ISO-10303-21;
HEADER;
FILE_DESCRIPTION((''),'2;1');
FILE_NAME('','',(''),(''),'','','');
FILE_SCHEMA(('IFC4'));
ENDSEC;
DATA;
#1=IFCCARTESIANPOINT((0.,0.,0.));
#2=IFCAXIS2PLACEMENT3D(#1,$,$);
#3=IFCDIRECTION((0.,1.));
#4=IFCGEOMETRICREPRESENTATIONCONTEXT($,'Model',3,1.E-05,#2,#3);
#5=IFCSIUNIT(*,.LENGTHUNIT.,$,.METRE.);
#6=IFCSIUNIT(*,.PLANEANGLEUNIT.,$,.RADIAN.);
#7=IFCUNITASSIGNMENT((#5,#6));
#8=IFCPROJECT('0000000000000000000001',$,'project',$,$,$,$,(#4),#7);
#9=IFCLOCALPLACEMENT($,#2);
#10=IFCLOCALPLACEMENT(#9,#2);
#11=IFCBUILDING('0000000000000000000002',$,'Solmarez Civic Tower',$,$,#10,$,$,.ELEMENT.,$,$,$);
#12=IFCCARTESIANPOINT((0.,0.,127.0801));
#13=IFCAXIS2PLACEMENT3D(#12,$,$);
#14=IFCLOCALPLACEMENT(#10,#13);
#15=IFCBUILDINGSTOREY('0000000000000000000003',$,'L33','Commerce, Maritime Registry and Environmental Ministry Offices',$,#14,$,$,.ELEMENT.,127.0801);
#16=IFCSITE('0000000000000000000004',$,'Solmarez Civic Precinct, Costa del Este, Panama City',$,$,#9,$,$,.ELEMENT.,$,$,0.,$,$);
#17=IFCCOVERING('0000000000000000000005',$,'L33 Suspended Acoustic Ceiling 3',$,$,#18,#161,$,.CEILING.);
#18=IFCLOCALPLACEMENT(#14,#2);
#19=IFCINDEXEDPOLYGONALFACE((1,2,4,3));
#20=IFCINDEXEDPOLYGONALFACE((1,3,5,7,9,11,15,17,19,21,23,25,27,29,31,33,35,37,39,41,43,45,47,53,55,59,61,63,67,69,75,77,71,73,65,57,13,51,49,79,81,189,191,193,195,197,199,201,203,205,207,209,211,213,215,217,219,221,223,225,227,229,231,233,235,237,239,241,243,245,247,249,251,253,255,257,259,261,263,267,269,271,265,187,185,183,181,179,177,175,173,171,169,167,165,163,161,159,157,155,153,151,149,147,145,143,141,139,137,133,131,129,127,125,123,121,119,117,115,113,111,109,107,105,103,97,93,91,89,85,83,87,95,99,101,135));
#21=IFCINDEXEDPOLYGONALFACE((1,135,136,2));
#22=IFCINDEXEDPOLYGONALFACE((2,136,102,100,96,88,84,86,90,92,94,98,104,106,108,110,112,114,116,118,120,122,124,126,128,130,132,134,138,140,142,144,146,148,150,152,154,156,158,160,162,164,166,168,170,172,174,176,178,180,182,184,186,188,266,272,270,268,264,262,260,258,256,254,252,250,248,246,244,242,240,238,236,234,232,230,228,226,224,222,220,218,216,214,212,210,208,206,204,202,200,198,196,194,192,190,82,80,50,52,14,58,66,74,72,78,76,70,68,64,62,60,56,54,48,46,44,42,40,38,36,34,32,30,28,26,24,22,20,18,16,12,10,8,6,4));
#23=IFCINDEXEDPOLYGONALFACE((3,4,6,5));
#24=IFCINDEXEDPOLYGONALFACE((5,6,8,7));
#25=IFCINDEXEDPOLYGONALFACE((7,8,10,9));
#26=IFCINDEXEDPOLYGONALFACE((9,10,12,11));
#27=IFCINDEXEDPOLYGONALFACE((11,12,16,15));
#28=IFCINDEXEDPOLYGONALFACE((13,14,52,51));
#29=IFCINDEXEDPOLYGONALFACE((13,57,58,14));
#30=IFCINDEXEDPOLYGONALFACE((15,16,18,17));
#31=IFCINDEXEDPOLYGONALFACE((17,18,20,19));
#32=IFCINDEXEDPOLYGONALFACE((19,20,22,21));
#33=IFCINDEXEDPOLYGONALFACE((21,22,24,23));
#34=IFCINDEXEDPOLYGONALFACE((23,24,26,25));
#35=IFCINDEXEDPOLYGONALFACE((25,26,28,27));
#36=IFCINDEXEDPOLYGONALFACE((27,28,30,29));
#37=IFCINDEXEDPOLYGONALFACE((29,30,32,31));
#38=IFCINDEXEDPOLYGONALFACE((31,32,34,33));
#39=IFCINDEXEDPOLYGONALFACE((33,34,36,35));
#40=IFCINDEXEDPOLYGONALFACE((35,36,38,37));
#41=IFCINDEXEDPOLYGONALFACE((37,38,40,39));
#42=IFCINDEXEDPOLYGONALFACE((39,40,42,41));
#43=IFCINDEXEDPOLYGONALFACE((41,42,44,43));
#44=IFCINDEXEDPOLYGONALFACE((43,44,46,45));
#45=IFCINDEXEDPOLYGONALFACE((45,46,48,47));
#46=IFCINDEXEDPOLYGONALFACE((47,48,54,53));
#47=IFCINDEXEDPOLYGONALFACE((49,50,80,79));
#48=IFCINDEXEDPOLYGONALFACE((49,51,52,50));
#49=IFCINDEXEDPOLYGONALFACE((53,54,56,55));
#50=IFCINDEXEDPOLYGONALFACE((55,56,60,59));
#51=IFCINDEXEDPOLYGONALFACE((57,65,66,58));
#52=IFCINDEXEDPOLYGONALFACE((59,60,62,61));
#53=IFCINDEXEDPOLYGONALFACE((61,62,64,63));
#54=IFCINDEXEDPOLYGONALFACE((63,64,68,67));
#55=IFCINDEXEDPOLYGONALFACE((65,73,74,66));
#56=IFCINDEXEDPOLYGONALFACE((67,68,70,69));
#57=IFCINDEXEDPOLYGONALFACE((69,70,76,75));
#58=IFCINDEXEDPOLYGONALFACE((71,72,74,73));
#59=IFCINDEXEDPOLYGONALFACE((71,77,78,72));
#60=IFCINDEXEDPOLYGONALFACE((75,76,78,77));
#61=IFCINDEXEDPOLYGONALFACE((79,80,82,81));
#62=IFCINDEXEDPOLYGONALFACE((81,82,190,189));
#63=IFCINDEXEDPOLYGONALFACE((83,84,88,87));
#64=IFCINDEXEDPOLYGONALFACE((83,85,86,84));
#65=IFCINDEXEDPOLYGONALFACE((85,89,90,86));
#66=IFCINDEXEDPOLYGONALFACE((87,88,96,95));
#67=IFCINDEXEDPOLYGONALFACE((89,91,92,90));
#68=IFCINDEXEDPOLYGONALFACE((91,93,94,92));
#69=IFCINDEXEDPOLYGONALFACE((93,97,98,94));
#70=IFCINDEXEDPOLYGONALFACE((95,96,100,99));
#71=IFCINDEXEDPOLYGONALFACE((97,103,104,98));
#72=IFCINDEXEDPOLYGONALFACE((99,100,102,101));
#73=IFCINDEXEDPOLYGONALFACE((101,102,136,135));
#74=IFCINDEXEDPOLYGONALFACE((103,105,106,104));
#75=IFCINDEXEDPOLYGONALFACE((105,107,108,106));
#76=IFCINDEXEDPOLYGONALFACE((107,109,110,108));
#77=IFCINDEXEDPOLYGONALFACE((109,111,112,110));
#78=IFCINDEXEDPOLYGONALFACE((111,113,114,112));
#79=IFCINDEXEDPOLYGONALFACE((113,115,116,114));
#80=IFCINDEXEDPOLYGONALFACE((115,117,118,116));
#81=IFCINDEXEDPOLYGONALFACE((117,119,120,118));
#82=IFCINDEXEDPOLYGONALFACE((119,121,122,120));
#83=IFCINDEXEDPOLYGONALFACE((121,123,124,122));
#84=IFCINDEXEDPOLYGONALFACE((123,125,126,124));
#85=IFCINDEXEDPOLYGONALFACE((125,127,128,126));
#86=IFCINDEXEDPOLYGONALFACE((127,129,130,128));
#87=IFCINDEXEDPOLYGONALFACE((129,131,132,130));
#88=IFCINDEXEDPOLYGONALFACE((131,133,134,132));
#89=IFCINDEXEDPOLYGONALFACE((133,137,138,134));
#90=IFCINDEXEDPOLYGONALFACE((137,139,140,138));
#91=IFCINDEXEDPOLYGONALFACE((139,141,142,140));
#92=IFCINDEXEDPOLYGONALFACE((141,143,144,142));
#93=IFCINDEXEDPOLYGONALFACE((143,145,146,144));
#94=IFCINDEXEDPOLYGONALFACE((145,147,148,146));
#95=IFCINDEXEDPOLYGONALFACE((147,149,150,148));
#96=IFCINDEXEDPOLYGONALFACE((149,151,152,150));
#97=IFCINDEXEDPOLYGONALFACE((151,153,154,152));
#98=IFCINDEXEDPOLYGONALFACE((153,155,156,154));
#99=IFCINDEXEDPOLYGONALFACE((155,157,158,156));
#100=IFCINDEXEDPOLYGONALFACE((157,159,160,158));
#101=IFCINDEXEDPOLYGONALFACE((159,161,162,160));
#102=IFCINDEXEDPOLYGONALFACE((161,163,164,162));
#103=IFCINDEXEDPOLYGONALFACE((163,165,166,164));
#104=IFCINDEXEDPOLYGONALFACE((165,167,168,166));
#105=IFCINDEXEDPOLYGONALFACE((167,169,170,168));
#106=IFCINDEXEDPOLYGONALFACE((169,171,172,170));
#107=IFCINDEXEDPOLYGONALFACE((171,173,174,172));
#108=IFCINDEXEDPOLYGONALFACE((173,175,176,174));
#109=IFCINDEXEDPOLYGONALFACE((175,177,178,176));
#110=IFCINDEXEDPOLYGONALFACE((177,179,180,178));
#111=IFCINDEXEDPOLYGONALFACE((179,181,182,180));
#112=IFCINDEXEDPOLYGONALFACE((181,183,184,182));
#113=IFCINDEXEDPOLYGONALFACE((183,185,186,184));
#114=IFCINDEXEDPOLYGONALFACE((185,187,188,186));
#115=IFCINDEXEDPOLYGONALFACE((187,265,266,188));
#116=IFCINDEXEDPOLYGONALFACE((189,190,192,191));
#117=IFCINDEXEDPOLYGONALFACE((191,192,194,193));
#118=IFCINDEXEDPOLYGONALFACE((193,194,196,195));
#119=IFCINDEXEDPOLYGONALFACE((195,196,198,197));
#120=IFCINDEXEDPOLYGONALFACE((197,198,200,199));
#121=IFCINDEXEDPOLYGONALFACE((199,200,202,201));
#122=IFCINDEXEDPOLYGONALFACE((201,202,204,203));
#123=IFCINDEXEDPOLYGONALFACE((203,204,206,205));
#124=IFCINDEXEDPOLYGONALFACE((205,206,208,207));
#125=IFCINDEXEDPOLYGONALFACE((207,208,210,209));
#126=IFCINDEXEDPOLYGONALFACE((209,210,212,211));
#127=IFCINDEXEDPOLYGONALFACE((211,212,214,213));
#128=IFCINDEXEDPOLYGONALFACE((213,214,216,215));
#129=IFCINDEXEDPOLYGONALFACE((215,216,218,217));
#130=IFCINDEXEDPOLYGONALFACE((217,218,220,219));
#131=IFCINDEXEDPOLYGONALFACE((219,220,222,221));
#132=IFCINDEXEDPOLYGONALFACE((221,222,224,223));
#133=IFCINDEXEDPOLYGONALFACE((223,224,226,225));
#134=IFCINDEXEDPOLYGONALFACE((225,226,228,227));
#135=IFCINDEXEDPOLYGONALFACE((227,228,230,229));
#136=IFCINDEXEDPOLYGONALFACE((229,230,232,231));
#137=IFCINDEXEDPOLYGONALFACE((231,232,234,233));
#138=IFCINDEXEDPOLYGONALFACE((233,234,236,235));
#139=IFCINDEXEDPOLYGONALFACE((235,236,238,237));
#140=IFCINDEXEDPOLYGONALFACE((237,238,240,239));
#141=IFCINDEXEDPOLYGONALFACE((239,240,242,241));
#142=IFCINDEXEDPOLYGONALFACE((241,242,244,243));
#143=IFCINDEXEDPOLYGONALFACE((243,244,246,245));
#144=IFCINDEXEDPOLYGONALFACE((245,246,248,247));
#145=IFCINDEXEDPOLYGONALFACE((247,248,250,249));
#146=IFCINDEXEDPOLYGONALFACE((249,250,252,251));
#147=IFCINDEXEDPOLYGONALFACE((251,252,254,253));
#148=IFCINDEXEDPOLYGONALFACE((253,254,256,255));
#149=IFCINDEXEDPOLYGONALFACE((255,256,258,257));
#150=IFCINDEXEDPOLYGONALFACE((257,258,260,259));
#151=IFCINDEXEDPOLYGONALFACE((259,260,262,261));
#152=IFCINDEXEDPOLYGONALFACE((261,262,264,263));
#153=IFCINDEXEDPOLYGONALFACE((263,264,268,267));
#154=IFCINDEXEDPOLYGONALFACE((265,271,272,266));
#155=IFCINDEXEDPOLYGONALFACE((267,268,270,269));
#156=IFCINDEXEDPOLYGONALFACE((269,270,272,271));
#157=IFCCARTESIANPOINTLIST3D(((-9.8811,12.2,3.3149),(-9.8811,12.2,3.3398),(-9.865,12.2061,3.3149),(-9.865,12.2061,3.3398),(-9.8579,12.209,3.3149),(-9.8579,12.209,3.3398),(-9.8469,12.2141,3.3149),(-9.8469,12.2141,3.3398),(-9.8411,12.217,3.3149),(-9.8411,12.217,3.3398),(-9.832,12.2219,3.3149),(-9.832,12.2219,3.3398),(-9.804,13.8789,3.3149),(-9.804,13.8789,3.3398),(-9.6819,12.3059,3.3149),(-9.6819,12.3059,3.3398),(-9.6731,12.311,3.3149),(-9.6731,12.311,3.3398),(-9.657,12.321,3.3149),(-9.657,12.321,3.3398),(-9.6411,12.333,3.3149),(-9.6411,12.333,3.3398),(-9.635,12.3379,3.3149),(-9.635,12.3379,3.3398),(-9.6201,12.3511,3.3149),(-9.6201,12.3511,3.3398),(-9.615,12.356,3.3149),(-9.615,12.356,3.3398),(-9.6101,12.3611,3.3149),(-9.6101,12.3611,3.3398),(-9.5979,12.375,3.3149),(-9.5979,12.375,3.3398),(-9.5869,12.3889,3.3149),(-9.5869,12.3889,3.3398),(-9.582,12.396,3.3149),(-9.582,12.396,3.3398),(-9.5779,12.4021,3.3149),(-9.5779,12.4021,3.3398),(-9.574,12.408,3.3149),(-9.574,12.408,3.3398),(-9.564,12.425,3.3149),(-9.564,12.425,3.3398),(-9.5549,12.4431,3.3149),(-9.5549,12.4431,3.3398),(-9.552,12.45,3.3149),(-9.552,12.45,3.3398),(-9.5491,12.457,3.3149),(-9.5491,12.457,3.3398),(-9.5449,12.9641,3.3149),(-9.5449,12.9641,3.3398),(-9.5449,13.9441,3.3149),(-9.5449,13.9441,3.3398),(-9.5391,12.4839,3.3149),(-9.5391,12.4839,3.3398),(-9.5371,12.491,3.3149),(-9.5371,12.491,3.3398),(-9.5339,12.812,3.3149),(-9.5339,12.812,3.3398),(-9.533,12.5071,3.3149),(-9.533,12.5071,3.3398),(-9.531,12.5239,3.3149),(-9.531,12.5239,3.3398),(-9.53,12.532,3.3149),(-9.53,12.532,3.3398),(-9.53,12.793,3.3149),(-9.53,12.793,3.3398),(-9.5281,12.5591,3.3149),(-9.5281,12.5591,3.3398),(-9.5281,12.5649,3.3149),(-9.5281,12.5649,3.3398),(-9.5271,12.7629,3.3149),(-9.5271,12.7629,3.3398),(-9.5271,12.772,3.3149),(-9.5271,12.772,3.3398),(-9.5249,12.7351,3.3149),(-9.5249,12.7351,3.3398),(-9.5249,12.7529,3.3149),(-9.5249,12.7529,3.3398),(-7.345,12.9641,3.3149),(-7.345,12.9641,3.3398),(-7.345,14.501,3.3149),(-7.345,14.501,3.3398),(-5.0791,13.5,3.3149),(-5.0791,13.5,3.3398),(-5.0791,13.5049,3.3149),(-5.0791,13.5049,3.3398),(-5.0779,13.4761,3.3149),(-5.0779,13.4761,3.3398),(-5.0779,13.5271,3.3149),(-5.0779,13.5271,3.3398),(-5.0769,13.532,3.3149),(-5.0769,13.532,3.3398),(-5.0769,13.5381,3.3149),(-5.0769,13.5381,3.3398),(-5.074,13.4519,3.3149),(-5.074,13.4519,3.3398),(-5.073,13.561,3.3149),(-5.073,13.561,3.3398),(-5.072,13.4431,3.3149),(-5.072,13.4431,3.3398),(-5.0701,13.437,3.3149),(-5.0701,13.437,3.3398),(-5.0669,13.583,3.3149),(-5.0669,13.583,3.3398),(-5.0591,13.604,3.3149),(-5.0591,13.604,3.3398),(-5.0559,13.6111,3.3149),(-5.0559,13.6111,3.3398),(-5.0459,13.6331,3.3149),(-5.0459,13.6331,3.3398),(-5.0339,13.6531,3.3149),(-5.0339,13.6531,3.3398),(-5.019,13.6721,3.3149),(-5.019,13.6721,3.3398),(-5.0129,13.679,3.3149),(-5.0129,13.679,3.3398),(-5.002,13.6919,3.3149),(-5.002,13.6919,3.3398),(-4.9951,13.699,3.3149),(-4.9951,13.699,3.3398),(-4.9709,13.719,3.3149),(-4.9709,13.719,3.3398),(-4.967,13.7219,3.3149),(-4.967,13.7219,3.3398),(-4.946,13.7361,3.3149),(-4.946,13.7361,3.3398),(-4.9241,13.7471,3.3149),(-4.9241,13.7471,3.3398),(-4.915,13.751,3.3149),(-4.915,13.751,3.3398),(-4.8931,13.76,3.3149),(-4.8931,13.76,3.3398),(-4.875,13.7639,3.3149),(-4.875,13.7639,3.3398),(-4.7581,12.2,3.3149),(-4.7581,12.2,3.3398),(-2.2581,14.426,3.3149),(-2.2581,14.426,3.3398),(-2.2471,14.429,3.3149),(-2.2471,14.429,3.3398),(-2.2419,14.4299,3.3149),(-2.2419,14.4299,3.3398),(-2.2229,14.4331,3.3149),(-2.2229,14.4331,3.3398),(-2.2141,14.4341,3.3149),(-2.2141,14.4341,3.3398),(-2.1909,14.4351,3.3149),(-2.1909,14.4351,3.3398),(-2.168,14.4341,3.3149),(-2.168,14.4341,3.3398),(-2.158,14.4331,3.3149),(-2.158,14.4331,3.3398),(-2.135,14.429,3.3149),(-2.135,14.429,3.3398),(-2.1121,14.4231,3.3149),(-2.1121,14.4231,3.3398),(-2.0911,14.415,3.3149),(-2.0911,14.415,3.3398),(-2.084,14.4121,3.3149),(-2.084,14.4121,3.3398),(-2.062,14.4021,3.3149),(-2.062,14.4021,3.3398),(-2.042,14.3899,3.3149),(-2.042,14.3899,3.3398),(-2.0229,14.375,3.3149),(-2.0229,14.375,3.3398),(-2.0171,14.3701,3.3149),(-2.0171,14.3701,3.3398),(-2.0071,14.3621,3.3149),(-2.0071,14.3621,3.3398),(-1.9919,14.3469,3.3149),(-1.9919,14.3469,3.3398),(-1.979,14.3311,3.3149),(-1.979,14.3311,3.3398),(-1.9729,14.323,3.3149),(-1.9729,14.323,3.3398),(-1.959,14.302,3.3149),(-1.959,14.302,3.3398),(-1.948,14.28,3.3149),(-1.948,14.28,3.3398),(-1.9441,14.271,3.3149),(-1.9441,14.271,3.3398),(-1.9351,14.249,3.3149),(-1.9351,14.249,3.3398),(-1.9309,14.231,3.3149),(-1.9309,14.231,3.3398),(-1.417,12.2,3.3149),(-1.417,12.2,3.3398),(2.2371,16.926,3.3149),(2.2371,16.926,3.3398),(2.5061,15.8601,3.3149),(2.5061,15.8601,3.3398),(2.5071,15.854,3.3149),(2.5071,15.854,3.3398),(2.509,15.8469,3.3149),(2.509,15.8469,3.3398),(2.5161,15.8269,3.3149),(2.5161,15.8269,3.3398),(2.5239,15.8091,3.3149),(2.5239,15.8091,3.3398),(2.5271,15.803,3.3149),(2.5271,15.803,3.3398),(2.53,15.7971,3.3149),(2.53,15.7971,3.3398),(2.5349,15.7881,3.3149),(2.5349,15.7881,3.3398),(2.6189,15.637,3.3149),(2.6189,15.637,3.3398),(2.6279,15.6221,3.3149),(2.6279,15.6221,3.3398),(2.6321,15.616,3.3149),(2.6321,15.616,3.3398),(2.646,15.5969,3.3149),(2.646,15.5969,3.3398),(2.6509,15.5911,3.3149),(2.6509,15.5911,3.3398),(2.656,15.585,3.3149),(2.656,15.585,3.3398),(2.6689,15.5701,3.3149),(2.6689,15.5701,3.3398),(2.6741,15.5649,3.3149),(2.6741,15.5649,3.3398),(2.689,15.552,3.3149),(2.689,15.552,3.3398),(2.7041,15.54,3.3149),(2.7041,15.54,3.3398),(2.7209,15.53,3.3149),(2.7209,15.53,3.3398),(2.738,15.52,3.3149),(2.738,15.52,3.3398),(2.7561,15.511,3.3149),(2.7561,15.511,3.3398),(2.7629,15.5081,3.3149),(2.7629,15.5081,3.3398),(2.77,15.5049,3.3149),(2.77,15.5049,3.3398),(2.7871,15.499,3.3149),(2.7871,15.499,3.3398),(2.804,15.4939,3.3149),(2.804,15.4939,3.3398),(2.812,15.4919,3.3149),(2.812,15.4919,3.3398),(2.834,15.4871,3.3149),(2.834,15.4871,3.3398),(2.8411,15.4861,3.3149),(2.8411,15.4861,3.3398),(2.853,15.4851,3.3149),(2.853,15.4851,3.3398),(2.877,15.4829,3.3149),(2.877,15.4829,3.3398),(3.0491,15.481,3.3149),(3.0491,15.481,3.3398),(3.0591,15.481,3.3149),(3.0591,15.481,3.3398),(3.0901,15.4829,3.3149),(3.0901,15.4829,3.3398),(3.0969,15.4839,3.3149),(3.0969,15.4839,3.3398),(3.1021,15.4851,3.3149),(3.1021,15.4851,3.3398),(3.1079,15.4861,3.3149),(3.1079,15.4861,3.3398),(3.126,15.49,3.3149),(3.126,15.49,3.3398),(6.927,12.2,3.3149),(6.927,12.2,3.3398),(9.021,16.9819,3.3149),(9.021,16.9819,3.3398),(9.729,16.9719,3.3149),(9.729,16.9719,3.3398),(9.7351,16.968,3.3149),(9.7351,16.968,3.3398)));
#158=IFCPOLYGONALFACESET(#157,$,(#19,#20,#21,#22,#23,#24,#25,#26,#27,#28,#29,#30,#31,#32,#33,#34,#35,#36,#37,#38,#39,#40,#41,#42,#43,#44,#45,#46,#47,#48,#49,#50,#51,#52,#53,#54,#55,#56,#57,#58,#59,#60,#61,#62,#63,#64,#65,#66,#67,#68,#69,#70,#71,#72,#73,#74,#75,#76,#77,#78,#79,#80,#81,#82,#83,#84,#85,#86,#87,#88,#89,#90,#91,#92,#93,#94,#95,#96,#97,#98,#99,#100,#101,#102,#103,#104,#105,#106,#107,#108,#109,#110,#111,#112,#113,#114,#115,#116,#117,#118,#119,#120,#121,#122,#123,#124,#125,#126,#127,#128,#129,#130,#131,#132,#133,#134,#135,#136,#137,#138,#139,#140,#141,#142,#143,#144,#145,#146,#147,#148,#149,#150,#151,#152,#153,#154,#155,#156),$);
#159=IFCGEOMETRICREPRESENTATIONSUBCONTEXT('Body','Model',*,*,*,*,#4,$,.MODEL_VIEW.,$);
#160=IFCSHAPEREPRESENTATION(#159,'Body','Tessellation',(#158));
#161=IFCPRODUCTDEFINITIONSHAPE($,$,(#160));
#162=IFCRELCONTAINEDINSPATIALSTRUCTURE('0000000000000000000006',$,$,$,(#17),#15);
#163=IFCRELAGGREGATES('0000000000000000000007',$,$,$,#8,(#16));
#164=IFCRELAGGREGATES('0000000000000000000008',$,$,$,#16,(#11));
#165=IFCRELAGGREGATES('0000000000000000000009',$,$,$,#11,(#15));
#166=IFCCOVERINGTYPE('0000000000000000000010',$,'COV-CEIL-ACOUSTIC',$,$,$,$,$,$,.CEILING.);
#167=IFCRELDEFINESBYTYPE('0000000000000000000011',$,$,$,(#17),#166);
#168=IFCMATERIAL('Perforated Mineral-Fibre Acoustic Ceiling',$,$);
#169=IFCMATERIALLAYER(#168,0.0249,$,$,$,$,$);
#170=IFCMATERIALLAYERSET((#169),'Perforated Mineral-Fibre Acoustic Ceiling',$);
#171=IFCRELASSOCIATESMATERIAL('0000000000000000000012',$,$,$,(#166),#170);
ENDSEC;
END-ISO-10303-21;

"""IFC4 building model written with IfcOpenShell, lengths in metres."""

from ifc_helpers import new_model, si_unit, direction, frame, origin, place, context, subcontext, project, spatial, polyline, outline, extrude, material, layer, layer_set, type_object, element, save


model = new_model("IFC4")

# Units and contexts
model_context = context("Model", 3, precision=1e-05, world=origin(), true_north=direction((0.0, 1.0)))
body_context = subcontext(model_context, "Body", "Model", "MODEL_VIEW")
ifc_project = project(units=[si_unit("LENGTHUNIT", "METRE"), si_unit("PLANEANGLEUNIT", "RADIAN")], contexts=[model_context])

# Site, building, storey
site_placement = place(None, origin())
site = spatial("IfcSite", under=ifc_project, at=site_placement, Name="Solmarez Civic Precinct, Costa del Este, Panama City", CompositionType="ELEMENT", RefElevation=0.0)
building_placement = place(site_placement, origin())
building = spatial("IfcBuilding", under=site, at=building_placement, Name="Solmarez Civic Tower", CompositionType="ELEMENT")
storey_placement = place(building_placement, frame((0.0, 0.0, 127.0801)))
storey = spatial("IfcBuildingStorey", under=building, at=storey_placement, Name="L33", Description="Commerce, Maritime Registry and Environmental Ministry Offices", CompositionType="ELEMENT", Elevation=127.0801)

# Covering
ifc_material_1 = material(Name="Perforated Mineral-Fibre Acoustic Ceiling")
ifc_layer_1 = layer(ifc_material_1, 0.0249)
ifc_layer_set_1 = layer_set([ifc_layer_1], Name="Perforated Mineral-Fibre Acoustic Ceiling")
covering_type_1 = type_object("IfcCoveringType", Name="COV-CEIL-ACOUSTIC", PredefinedType="CEILING", material=ifc_layer_set_1)
covering_1_placement = place(storey_placement, frame((0.0, 0.0, 3.3149)))
element("IfcCovering", 1, at=covering_1_placement, inside=storey, type_object=covering_type_1, Name="L33 Suspended Acoustic Ceiling 3", PredefinedType="CEILING", context=body_context, shape_type="SweptSolid", body=[
    extrude(outline(polyline([(-9.804, 13.8789), (-9.5339, 12.812), (-9.53, 12.793), (-9.5271, 12.772), (-9.5271, 12.7629), (-9.5249, 12.7529), (-9.5249, 12.7351), (-9.5281, 12.5649), (-9.5281, 12.5591), (-9.53, 12.532), (-9.531, 12.5239), (-9.533, 12.5071), (-9.5371, 12.491), (-9.5391, 12.4839), (-9.5491, 12.457), (-9.552, 12.45), (-9.5549, 12.4431), (-9.564, 12.425), (-9.574, 12.408), (-9.5779, 12.4021), (-9.582, 12.396), (-9.5869, 12.3889), (-9.5979, 12.375), (-9.6101, 12.3611), (-9.615, 12.356), (-9.6201, 12.3511), (-9.635, 12.3379), (-9.6411, 12.333), (-9.657, 12.321), (-9.6731, 12.311), (-9.6819, 12.3059), (-9.832, 12.2219), (-9.8411, 12.217), (-9.8469, 12.2141), (-9.8579, 12.209), (-9.865, 12.2061), (-9.8811, 12.2), (-4.7581, 12.2), (-5.0701, 13.437), (-5.072, 13.4431), (-5.074, 13.4519), (-5.0779, 13.4761), (-5.0791, 13.5), (-5.0791, 13.5049), (-5.0779, 13.5271), (-5.0769, 13.532), (-5.0769, 13.5381), (-5.073, 13.561), (-5.0669, 13.583), (-5.0591, 13.604), (-5.0559, 13.6111), (-5.0459, 13.6331), (-5.0339, 13.6531), (-5.019, 13.6721), (-5.0129, 13.679), (-5.002, 13.6919), (-4.9951, 13.699), (-4.9709, 13.719), (-4.967, 13.7219), (-4.946, 13.7361), (-4.9241, 13.7471), (-4.915, 13.751), (-4.8931, 13.76), (-4.875, 13.7639), (-2.2581, 14.426), (-2.2471, 14.429), (-2.2419, 14.4299), (-2.2229, 14.4331), (-2.2141, 14.4341), (-2.1909, 14.4351), (-2.168, 14.4341), (-2.158, 14.4331), (-2.135, 14.429), (-2.1121, 14.4231), (-2.0911, 14.415), (-2.084, 14.4121), (-2.062, 14.4021), (-2.042, 14.3899), (-2.0229, 14.375), (-2.0171, 14.3701), (-2.0071, 14.3621), (-1.9919, 14.3469), (-1.979, 14.3311), (-1.9729, 14.323), (-1.959, 14.302), (-1.948, 14.28), (-1.9441, 14.271), (-1.9351, 14.249), (-1.9309, 14.231), (-1.417, 12.2), (6.927, 12.2), (9.7351, 16.968), (9.729, 16.9719), (9.021, 16.9819), (3.126, 15.49), (3.1079, 15.4861), (3.1021, 15.4851), (3.0969, 15.4839), (3.0901, 15.4829), (3.0591, 15.481), (3.0491, 15.481), (2.877, 15.4829), (2.853, 15.4851), (2.8411, 15.4861), (2.834, 15.4871), (2.812, 15.4919), (2.804, 15.4939), (2.7871, 15.499), (2.77, 15.5049), (2.7629, 15.5081), (2.7561, 15.511), (2.738, 15.52), (2.7209, 15.53), (2.7041, 15.54), (2.689, 15.552), (2.6741, 15.5649), (2.6689, 15.5701), (2.656, 15.585), (2.6509, 15.5911), (2.646, 15.5969), (2.6321, 15.616), (2.6279, 15.6221), (2.6189, 15.637), (2.5349, 15.7881), (2.53, 15.7971), (2.5271, 15.803), (2.5239, 15.8091), (2.5161, 15.8269), (2.509, 15.8469), (2.5071, 15.854), (2.5061, 15.8601), (2.2371, 16.926), (-7.345, 14.501), (-7.345, 12.9641), (-9.5449, 12.9641), (-9.5449, 13.9441), (-9.804, 13.8789)])), origin(), (0.0, 0.0, 1.0), 0.0249),
])

save(model, "model.ifc")
